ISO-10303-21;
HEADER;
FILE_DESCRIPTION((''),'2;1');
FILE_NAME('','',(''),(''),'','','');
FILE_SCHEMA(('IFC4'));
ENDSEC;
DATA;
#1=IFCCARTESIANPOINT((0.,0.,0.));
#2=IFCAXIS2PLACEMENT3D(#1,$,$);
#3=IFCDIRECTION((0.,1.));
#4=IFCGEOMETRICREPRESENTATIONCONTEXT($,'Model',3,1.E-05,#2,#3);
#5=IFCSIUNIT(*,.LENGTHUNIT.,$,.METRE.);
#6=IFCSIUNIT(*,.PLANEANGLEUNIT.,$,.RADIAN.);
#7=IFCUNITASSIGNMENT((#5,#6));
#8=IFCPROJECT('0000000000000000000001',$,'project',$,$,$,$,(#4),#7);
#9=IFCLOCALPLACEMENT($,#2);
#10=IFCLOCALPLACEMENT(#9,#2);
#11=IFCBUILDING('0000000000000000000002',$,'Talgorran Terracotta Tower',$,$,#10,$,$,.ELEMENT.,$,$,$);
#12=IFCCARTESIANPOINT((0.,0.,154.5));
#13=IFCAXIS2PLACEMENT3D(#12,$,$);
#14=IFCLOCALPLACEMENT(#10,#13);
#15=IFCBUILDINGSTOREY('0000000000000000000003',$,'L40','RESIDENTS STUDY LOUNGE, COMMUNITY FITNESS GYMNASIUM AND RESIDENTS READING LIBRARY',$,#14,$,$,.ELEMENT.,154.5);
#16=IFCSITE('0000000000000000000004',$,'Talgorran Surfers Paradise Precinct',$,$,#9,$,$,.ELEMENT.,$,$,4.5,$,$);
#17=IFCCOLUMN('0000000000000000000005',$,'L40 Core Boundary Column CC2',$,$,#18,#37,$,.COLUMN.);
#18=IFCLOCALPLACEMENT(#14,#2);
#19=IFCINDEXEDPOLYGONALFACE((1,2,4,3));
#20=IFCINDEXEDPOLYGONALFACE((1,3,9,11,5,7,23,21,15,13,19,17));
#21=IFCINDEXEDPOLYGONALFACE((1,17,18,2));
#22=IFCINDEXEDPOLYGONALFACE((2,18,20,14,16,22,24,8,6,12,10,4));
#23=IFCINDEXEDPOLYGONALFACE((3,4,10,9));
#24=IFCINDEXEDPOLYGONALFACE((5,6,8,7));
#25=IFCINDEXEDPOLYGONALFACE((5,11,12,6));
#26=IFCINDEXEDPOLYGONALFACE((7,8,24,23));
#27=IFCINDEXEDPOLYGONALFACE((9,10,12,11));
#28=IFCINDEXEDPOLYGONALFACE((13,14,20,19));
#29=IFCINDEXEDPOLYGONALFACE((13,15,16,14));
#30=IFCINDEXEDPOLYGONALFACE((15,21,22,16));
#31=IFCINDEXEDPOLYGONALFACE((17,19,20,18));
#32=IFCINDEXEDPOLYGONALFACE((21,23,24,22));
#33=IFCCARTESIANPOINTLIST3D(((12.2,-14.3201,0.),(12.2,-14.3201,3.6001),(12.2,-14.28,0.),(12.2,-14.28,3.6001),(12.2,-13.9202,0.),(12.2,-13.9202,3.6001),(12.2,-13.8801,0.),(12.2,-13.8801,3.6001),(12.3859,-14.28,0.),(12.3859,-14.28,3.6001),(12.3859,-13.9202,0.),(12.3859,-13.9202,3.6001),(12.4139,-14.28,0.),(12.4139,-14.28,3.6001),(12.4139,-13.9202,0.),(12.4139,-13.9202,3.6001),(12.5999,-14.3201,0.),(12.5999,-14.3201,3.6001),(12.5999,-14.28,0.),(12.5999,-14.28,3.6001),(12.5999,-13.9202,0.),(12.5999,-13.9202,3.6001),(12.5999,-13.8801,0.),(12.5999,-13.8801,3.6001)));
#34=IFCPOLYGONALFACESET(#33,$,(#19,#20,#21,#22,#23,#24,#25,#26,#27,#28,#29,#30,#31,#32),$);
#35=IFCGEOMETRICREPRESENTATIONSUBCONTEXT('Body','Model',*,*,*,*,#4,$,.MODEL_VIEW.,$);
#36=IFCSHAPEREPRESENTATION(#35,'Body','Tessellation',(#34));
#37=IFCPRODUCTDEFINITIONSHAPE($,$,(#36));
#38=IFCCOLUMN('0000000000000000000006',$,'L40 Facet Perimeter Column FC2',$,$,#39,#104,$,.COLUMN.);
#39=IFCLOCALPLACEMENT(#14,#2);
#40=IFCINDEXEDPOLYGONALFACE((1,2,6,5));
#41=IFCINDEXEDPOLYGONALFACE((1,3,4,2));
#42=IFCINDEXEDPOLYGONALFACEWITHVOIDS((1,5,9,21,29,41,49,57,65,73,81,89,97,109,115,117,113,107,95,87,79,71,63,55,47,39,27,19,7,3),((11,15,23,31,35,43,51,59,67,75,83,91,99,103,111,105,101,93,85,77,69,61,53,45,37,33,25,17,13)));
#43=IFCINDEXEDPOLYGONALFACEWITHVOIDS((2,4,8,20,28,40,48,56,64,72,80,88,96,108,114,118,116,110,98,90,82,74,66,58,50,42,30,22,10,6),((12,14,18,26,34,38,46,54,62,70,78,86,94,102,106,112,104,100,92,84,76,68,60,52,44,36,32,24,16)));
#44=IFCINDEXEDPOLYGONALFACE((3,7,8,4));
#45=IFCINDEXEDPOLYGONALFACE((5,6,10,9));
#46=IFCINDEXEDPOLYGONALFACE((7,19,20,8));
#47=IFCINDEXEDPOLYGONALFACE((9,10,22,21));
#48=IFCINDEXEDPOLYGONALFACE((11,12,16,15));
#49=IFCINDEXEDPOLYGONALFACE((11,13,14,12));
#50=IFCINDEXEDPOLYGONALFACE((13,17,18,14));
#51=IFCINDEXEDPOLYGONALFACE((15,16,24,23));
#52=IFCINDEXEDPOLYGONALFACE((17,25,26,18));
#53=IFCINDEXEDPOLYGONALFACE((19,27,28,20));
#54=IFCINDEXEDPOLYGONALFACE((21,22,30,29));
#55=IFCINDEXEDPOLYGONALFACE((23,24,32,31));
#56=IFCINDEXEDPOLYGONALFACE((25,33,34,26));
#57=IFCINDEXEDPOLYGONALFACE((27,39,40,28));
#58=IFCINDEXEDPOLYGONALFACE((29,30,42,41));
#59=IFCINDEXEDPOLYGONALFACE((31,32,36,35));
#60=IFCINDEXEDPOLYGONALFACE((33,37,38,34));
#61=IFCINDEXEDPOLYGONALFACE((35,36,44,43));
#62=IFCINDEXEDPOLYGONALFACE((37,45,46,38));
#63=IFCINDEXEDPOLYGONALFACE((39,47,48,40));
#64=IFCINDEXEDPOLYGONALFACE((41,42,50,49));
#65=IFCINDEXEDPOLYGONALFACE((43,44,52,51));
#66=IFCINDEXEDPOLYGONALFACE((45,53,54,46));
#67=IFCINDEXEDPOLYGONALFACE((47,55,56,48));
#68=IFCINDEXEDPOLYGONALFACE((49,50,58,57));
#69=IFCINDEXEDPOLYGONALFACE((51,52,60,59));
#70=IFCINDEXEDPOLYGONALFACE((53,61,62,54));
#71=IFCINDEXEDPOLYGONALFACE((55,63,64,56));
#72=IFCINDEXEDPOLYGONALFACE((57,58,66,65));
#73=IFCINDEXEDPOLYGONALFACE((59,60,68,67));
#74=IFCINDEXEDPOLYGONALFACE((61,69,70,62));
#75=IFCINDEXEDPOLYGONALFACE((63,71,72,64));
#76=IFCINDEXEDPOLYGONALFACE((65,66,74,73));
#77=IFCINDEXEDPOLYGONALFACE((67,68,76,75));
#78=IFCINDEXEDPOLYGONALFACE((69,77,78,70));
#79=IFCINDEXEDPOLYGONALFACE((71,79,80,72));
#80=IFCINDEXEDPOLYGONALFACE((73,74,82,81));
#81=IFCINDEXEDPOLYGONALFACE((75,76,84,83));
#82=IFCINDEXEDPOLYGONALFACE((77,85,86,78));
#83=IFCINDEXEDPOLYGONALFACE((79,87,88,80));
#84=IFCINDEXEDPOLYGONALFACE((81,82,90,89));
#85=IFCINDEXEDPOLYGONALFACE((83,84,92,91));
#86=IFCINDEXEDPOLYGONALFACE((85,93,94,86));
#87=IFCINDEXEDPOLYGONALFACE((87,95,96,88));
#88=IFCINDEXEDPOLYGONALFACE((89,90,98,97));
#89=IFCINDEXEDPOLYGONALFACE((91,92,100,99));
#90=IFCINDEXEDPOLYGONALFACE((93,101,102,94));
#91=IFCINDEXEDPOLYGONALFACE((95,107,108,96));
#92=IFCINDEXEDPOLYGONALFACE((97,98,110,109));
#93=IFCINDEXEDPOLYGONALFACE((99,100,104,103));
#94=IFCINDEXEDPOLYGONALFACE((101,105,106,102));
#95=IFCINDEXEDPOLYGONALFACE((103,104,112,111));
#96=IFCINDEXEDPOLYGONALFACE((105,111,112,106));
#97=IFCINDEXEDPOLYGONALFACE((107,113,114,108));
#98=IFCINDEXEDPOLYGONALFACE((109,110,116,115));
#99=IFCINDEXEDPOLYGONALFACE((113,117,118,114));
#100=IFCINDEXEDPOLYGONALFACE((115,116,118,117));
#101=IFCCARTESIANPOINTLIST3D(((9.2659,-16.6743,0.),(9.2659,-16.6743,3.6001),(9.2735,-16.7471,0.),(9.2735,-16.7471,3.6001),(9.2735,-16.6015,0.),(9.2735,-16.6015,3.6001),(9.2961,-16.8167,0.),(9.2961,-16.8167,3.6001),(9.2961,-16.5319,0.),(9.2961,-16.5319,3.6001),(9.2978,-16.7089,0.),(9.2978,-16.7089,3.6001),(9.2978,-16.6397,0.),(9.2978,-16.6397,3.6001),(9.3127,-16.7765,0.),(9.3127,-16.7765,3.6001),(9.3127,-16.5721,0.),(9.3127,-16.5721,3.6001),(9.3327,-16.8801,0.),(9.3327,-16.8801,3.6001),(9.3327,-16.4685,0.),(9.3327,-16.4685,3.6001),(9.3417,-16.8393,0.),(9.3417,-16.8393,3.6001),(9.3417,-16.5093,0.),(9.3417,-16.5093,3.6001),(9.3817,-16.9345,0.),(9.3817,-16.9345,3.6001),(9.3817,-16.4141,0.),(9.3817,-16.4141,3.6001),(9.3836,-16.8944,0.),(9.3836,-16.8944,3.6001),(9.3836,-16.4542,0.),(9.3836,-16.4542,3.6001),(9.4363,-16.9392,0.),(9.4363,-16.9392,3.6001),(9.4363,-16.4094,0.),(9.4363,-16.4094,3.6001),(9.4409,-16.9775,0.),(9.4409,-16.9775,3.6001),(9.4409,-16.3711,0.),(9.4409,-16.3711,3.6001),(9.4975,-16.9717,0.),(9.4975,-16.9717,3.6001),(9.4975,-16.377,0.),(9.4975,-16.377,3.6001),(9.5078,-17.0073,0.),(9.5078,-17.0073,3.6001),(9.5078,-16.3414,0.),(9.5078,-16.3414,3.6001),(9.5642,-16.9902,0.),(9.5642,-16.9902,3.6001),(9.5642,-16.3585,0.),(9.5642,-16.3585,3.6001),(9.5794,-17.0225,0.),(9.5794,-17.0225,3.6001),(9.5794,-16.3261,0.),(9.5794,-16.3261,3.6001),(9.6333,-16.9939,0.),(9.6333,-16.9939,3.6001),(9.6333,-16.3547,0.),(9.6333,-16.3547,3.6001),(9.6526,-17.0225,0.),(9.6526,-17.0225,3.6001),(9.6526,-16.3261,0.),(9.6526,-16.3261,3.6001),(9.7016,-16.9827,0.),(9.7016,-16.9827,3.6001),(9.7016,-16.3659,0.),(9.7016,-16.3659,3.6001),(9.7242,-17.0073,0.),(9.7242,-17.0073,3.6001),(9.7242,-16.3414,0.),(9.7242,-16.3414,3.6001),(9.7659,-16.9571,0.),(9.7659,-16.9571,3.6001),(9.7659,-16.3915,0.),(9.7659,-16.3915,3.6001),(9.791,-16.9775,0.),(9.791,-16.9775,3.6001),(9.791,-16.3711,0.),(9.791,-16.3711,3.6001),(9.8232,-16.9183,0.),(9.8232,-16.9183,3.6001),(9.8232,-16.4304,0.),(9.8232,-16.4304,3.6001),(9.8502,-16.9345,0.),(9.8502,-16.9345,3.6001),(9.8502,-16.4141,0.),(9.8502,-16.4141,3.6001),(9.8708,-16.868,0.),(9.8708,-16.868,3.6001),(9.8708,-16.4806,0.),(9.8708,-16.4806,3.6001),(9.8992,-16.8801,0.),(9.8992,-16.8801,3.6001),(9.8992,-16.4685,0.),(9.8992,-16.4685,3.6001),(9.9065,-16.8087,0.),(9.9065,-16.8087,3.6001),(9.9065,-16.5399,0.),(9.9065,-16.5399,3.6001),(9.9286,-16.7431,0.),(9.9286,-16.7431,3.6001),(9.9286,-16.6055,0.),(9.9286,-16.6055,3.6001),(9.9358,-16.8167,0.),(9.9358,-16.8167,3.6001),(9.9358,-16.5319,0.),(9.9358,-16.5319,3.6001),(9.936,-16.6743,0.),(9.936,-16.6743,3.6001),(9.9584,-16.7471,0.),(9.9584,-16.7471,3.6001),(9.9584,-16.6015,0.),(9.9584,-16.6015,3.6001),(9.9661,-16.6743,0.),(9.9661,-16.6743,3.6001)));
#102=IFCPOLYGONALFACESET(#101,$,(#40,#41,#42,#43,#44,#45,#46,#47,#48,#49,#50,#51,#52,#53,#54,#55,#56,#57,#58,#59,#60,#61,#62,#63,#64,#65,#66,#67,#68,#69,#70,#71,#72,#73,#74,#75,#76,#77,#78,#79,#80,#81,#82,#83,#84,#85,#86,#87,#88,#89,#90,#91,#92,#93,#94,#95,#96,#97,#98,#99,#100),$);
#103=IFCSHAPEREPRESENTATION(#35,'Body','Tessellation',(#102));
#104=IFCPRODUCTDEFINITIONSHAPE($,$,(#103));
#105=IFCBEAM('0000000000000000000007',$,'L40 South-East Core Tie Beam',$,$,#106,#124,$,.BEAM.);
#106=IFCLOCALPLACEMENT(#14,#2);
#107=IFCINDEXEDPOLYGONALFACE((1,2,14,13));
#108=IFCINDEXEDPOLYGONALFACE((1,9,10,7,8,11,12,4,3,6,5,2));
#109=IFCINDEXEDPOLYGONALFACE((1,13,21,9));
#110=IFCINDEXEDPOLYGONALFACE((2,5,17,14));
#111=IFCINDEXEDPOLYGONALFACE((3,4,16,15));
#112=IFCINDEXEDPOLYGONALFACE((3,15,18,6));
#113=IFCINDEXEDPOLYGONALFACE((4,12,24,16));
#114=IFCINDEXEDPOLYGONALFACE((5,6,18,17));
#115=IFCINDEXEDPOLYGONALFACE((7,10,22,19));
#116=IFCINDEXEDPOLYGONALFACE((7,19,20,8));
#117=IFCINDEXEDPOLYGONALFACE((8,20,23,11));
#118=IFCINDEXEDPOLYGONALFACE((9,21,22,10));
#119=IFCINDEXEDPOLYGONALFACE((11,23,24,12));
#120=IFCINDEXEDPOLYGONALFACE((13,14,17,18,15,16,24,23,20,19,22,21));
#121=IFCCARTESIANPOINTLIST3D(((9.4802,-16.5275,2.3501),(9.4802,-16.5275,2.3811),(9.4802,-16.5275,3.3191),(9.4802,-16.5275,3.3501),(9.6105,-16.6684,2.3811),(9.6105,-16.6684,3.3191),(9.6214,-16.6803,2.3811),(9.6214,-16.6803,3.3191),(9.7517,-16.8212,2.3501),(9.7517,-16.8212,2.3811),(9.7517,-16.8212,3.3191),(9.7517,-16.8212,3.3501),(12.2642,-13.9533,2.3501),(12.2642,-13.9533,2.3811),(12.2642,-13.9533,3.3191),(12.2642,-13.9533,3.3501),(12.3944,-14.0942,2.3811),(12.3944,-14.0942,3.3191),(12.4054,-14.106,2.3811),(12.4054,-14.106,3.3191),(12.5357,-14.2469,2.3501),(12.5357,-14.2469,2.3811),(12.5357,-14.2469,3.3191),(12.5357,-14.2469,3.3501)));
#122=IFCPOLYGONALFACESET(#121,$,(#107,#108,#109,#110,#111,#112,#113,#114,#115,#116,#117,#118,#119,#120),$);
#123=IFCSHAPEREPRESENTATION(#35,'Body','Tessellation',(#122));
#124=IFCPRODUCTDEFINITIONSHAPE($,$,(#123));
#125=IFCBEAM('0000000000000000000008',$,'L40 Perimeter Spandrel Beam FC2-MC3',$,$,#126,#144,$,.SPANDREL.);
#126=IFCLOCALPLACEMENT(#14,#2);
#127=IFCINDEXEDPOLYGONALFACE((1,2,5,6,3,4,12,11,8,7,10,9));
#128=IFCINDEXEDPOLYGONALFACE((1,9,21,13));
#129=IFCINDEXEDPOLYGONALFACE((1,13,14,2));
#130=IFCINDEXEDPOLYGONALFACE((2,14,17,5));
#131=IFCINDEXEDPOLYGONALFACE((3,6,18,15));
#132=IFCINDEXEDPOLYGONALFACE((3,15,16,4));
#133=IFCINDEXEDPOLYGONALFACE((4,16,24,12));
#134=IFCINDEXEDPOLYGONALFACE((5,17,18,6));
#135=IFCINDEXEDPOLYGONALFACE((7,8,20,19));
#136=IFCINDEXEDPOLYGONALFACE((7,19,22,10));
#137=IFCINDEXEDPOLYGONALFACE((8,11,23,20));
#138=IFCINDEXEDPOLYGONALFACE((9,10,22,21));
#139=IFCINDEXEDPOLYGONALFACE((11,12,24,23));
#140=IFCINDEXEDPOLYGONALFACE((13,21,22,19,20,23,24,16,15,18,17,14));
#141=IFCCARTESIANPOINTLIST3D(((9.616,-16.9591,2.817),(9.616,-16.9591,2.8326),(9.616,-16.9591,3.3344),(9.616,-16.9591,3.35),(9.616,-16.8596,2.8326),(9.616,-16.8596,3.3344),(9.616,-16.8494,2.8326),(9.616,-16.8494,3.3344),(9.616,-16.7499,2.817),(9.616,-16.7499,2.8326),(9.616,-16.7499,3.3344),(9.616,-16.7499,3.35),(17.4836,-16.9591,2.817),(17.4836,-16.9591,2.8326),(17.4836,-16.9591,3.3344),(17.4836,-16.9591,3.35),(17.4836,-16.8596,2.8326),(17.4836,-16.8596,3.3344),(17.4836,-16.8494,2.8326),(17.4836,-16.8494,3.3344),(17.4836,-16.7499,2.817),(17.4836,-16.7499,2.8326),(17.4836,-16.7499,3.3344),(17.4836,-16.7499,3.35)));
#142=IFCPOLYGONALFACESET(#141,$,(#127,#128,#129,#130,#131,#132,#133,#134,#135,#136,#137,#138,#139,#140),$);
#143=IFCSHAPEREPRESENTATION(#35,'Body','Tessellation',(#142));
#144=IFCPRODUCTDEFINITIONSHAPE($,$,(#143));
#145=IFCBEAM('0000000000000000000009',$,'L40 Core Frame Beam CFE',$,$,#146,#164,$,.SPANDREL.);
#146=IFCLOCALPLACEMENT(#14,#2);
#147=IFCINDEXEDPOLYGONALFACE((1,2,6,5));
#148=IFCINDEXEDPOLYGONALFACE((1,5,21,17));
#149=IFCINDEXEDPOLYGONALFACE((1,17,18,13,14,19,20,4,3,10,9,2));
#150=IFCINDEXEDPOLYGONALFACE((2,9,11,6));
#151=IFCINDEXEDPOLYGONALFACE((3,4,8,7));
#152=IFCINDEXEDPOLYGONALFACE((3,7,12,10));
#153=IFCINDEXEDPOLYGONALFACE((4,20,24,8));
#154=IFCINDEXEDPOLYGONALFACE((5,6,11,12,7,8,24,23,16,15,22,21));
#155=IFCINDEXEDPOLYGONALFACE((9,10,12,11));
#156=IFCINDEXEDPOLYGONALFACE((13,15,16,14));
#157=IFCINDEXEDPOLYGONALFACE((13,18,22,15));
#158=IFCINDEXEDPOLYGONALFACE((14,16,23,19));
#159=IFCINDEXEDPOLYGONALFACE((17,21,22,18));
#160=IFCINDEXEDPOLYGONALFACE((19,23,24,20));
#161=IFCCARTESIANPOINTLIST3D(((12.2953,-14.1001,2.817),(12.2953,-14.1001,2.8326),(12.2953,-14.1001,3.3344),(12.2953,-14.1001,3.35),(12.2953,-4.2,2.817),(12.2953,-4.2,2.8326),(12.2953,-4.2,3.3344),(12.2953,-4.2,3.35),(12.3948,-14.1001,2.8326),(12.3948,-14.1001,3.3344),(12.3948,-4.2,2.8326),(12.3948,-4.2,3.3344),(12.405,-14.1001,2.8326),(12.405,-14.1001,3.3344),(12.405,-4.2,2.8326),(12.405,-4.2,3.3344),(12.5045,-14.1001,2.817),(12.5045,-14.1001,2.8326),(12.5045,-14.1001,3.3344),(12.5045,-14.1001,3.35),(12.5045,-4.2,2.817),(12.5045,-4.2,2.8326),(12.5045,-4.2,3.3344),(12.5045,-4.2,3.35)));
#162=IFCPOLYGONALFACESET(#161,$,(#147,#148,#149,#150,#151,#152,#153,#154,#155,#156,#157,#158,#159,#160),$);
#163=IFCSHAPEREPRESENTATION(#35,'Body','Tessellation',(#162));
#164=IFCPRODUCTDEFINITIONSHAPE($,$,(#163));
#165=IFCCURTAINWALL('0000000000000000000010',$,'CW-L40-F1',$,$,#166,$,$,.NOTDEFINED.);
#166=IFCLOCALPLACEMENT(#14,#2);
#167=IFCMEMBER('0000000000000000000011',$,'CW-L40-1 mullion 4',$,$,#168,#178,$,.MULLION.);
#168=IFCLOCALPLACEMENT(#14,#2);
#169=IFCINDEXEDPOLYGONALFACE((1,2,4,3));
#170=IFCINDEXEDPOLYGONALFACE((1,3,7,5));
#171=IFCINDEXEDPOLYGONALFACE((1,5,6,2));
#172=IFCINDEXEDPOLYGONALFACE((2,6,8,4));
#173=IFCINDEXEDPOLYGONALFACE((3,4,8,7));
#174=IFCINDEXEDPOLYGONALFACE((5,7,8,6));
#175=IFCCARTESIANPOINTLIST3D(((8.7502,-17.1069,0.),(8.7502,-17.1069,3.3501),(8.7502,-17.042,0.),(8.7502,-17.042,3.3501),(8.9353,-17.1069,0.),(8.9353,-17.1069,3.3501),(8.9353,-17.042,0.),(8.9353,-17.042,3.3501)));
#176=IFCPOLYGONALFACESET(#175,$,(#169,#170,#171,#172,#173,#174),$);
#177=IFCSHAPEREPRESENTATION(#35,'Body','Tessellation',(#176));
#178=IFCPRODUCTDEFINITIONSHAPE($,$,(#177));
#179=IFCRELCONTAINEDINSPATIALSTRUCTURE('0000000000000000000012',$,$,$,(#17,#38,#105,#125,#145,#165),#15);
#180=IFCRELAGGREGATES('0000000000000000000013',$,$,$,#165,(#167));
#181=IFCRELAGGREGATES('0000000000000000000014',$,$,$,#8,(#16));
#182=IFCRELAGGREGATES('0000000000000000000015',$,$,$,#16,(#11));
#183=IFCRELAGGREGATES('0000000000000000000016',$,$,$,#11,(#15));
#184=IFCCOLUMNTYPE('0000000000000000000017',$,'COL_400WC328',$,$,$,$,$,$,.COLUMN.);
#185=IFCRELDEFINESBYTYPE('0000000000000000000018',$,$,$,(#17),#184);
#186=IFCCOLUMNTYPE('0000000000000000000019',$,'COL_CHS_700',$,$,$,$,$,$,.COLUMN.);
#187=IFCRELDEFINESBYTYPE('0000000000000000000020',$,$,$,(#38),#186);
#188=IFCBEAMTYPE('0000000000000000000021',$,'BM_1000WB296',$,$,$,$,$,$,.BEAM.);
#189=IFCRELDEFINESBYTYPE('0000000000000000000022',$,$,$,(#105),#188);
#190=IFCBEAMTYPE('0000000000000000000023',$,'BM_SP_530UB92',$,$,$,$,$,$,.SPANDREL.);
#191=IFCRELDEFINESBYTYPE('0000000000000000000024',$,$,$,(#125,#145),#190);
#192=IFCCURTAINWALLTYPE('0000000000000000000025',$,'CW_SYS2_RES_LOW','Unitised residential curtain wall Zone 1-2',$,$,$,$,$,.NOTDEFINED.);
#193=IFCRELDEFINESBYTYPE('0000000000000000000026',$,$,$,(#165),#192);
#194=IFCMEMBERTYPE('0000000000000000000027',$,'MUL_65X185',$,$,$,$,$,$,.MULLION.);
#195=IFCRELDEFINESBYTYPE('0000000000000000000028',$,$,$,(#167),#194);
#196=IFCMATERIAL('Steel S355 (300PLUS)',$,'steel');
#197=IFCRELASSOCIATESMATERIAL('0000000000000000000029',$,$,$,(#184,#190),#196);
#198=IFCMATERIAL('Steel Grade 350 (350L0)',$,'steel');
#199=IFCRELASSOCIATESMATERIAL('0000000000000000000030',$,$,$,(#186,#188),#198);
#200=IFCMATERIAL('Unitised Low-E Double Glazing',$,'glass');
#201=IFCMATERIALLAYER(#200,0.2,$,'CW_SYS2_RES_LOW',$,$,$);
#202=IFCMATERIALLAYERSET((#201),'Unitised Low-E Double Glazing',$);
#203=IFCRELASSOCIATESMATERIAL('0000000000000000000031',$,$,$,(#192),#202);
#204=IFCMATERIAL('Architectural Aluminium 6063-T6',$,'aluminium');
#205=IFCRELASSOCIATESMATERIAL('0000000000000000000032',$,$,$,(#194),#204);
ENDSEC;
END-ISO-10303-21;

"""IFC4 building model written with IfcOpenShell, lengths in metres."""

from ifc_helpers import new_model, si_unit, direction, frame, origin, origin_2d, place, context, subcontext, project, spatial, rectangle, hollow_circle, i_section, extrude, material, layer, layer_set, material_profile, profile_set, type_object, element, aggregate, save


model = new_model("IFC4")

# Units and contexts
model_context = context("Model", 3, precision=1e-05, world=origin(), true_north=direction((0.0, 1.0)))
body_context = subcontext(model_context, "Body", "Model", "MODEL_VIEW")
ifc_project = project(units=[si_unit("LENGTHUNIT", "METRE"), si_unit("PLANEANGLEUNIT", "RADIAN")], contexts=[model_context])

# Site, building, storey
site_placement = place(None, origin())
site = spatial("IfcSite", under=ifc_project, at=site_placement, Name="Talgorran Surfers Paradise Precinct", CompositionType="ELEMENT", RefElevation=4.5)
building_placement = place(site_placement, origin())
building = spatial("IfcBuilding", under=site, at=building_placement, Name="Talgorran Terracotta Tower", CompositionType="ELEMENT")
storey_placement = place(building_placement, frame((0.0, 0.0, 154.5)))
storey = spatial("IfcBuildingStorey", under=building, at=storey_placement, Name="L40", Description="RESIDENTS STUDY LOUNGE, COMMUNITY FITNESS GYMNASIUM AND RESIDENTS READING LIBRARY", CompositionType="ELEMENT", Elevation=154.5)

# Columns
ifc_material_1 = material(Name="Steel S355 (300PLUS)", Category="steel")
ifc_material_profile_1 = material_profile(ifc_material_1, i_section(OverallWidth=0.3999, OverallDepth=0.4399, WebThickness=0.0281, FlangeThickness=0.04, at=origin_2d()), Name="400WC328")
ifc_profile_set_1 = profile_set([ifc_material_profile_1], Name="Steel S355 (300PLUS)")
column_type_1 = type_object("IfcColumnType", Name="COL_400WC328", PredefinedType="COLUMN", material=ifc_profile_set_1)
column_1_placement = place(storey_placement, frame((12.3999, -14.1001, 0.0), z_axis=(0.0, 0.0, 1.0), x_axis=(1.0, 0.0, 0.0)))
element("IfcColumn", 1, at=column_1_placement, inside=storey, type_object=column_type_1, Name="L40 Core Boundary Column CC2", PredefinedType="COLUMN", context=body_context, shape_type="SweptSolid", body=[
    extrude(i_section(OverallWidth=0.3999, OverallDepth=0.4399, WebThickness=0.0281, FlangeThickness=0.04, at=origin_2d()), origin(), (0.0, 0.0, 1.0), 3.6001),
])
ifc_material_2 = material(Name="Steel Grade 350 (350L0)", Category="steel")
ifc_material_profile_2 = material_profile(ifc_material_2, hollow_circle(Radius=0.3501, WallThickness=0.03, at=origin_2d()), Name="CHS700X30")
ifc_profile_set_2 = profile_set([ifc_material_profile_2], Name="Steel Grade 350 (350L0)")
column_type_2 = type_object("IfcColumnType", Name="COL_CHS_700", PredefinedType="COLUMN", material=ifc_profile_set_2)
column_2_placement = place(storey_placement, frame((9.616, -16.6743, 0.0), z_axis=(0.0, 0.0, 1.0), x_axis=(1.0, 0.0, 0.0)))
element("IfcColumn", 2, at=column_2_placement, inside=storey, type_object=column_type_2, Name="L40 Facet Perimeter Column FC2", PredefinedType="COLUMN", context=body_context, shape_type="SweptSolid", body=[
    extrude(hollow_circle(Radius=0.3501, WallThickness=0.03, at=origin_2d()), origin(), (0.0, 0.0, 1.0), 3.6001),
])

# Beams
ifc_material_profile_3 = material_profile(ifc_material_2, i_section(OverallWidth=0.3999, OverallDepth=1.0, WebThickness=0.0161, FlangeThickness=0.031, at=origin_2d()), Name="1000WB296")
ifc_profile_set_3 = profile_set([ifc_material_profile_3], Name="Steel Grade 350 (350L0)")
beam_type_1 = type_object("IfcBeamType", Name="BM_1000WB296", PredefinedType="BEAM", material=ifc_profile_set_3)
beam_1_placement = place(storey_placement, frame((12.3999, -14.1001, 2.8501), z_axis=(-0.734221, -0.678911, 0.0), x_axis=(0.678911, -0.734221, 0.0)))
element("IfcBeam", 3, at=beam_1_placement, inside=storey, type_object=beam_type_1, Name="L40 South-East Core Tie Beam", PredefinedType="BEAM", context=body_context, shape_type="SweptSolid", body=[
    extrude(i_section(OverallWidth=0.3999, OverallDepth=1.0, WebThickness=0.0161, FlangeThickness=0.031, at=origin_2d()), origin(), (0.0, 0.0, 1.0), 3.7917),
])
ifc_material_profile_4 = material_profile(ifc_material_1, i_section(OverallWidth=0.2092, OverallDepth=0.533, WebThickness=0.0103, FlangeThickness=0.0156, at=origin_2d()), Name="530UB92.4")
ifc_profile_set_4 = profile_set([ifc_material_profile_4], Name="Steel S355 (300PLUS)")
beam_type_2 = type_object("IfcBeamType", Name="BM_SP_530UB92", PredefinedType="SPANDREL", material=ifc_profile_set_4)
beam_2_placement = place(storey_placement, frame((9.616, -16.8545, 3.0835), z_axis=(1.0, 0.0, 0.0), x_axis=(0.0, 1.0, 0.0)))
element("IfcBeam", 4, at=beam_2_placement, inside=storey, type_object=beam_type_2, Name="L40 Perimeter Spandrel Beam FC2-MC3", PredefinedType="SPANDREL", context=body_context, shape_type="SweptSolid", body=[
    extrude(i_section(OverallWidth=0.2092, OverallDepth=0.533, WebThickness=0.0103, FlangeThickness=0.0156, at=origin_2d()), origin(), (0.0, 0.0, 1.0), 7.8677),
])
beam_3_placement = place(storey_placement, frame((12.3999, -14.1001, 3.0835), z_axis=(0.0, 1.0, 0.0), x_axis=(-1.0, 0.0, 0.0)))
element("IfcBeam", 5, at=beam_3_placement, inside=storey, type_object=beam_type_2, Name="L40 Core Frame Beam CFE", PredefinedType="SPANDREL", context=body_context, shape_type="SweptSolid", body=[
    extrude(i_section(OverallWidth=0.2092, OverallDepth=0.533, WebThickness=0.0103, FlangeThickness=0.0156, at=origin_2d()), origin(), (0.0, 0.0, 1.0), 9.9001),
])

# Curtain wall, member
ifc_material_3 = material(Name="Unitised Low-E Double Glazing", Category="glass")
ifc_layer_1 = layer(ifc_material_3, 0.2, Name="CW_SYS2_RES_LOW")
ifc_layer_set_1 = layer_set([ifc_layer_1], Name="Unitised Low-E Double Glazing")
curtain_wall_type = type_object("IfcCurtainWallType", Name="CW_SYS2_RES_LOW", Description="Unitised residential curtain wall Zone 1-2", PredefinedType="NOTDEFINED", material=ifc_layer_set_1)
curtain_wall_placement = place(storey_placement, origin())
curtain_wall = element("IfcCurtainWall", 6, at=curtain_wall_placement, inside=storey, type_object=curtain_wall_type, Name="CW-L40-F1", PredefinedType="NOTDEFINED")
ifc_material_4 = material(Name="Architectural Aluminium 6063-T6", Category="aluminium")
ifc_material_profile_5 = material_profile(ifc_material_4, rectangle(XDim=0.0649, YDim=0.1851, at=origin_2d()), Name="CWM65X185")
ifc_profile_set_5 = profile_set([ifc_material_profile_5], Name="Architectural Aluminium 6063-T6")
member_type_1 = type_object("IfcMemberType", Name="MUL_65X185", PredefinedType="MULLION", material=ifc_profile_set_5)
member_1_placement = place(storey_placement, frame((8.8428, -17.0745, 0.0), z_axis=(0.0, 0.0, 1.0), x_axis=(0.0, 1.0, 0.0)))
member_1 = element("IfcMember", 7, at=member_1_placement, type_object=member_type_1, Name="CW-L40-1 mullion 4", PredefinedType="MULLION", context=body_context, shape_type="SweptSolid", body=[
    extrude(rectangle(XDim=0.0649, YDim=0.1851, at=origin_2d()), origin(), (0.0, 0.0, 1.0), 3.3501),
])
aggregate(curtain_wall, [member_1])

save(model, "model.ifc")
